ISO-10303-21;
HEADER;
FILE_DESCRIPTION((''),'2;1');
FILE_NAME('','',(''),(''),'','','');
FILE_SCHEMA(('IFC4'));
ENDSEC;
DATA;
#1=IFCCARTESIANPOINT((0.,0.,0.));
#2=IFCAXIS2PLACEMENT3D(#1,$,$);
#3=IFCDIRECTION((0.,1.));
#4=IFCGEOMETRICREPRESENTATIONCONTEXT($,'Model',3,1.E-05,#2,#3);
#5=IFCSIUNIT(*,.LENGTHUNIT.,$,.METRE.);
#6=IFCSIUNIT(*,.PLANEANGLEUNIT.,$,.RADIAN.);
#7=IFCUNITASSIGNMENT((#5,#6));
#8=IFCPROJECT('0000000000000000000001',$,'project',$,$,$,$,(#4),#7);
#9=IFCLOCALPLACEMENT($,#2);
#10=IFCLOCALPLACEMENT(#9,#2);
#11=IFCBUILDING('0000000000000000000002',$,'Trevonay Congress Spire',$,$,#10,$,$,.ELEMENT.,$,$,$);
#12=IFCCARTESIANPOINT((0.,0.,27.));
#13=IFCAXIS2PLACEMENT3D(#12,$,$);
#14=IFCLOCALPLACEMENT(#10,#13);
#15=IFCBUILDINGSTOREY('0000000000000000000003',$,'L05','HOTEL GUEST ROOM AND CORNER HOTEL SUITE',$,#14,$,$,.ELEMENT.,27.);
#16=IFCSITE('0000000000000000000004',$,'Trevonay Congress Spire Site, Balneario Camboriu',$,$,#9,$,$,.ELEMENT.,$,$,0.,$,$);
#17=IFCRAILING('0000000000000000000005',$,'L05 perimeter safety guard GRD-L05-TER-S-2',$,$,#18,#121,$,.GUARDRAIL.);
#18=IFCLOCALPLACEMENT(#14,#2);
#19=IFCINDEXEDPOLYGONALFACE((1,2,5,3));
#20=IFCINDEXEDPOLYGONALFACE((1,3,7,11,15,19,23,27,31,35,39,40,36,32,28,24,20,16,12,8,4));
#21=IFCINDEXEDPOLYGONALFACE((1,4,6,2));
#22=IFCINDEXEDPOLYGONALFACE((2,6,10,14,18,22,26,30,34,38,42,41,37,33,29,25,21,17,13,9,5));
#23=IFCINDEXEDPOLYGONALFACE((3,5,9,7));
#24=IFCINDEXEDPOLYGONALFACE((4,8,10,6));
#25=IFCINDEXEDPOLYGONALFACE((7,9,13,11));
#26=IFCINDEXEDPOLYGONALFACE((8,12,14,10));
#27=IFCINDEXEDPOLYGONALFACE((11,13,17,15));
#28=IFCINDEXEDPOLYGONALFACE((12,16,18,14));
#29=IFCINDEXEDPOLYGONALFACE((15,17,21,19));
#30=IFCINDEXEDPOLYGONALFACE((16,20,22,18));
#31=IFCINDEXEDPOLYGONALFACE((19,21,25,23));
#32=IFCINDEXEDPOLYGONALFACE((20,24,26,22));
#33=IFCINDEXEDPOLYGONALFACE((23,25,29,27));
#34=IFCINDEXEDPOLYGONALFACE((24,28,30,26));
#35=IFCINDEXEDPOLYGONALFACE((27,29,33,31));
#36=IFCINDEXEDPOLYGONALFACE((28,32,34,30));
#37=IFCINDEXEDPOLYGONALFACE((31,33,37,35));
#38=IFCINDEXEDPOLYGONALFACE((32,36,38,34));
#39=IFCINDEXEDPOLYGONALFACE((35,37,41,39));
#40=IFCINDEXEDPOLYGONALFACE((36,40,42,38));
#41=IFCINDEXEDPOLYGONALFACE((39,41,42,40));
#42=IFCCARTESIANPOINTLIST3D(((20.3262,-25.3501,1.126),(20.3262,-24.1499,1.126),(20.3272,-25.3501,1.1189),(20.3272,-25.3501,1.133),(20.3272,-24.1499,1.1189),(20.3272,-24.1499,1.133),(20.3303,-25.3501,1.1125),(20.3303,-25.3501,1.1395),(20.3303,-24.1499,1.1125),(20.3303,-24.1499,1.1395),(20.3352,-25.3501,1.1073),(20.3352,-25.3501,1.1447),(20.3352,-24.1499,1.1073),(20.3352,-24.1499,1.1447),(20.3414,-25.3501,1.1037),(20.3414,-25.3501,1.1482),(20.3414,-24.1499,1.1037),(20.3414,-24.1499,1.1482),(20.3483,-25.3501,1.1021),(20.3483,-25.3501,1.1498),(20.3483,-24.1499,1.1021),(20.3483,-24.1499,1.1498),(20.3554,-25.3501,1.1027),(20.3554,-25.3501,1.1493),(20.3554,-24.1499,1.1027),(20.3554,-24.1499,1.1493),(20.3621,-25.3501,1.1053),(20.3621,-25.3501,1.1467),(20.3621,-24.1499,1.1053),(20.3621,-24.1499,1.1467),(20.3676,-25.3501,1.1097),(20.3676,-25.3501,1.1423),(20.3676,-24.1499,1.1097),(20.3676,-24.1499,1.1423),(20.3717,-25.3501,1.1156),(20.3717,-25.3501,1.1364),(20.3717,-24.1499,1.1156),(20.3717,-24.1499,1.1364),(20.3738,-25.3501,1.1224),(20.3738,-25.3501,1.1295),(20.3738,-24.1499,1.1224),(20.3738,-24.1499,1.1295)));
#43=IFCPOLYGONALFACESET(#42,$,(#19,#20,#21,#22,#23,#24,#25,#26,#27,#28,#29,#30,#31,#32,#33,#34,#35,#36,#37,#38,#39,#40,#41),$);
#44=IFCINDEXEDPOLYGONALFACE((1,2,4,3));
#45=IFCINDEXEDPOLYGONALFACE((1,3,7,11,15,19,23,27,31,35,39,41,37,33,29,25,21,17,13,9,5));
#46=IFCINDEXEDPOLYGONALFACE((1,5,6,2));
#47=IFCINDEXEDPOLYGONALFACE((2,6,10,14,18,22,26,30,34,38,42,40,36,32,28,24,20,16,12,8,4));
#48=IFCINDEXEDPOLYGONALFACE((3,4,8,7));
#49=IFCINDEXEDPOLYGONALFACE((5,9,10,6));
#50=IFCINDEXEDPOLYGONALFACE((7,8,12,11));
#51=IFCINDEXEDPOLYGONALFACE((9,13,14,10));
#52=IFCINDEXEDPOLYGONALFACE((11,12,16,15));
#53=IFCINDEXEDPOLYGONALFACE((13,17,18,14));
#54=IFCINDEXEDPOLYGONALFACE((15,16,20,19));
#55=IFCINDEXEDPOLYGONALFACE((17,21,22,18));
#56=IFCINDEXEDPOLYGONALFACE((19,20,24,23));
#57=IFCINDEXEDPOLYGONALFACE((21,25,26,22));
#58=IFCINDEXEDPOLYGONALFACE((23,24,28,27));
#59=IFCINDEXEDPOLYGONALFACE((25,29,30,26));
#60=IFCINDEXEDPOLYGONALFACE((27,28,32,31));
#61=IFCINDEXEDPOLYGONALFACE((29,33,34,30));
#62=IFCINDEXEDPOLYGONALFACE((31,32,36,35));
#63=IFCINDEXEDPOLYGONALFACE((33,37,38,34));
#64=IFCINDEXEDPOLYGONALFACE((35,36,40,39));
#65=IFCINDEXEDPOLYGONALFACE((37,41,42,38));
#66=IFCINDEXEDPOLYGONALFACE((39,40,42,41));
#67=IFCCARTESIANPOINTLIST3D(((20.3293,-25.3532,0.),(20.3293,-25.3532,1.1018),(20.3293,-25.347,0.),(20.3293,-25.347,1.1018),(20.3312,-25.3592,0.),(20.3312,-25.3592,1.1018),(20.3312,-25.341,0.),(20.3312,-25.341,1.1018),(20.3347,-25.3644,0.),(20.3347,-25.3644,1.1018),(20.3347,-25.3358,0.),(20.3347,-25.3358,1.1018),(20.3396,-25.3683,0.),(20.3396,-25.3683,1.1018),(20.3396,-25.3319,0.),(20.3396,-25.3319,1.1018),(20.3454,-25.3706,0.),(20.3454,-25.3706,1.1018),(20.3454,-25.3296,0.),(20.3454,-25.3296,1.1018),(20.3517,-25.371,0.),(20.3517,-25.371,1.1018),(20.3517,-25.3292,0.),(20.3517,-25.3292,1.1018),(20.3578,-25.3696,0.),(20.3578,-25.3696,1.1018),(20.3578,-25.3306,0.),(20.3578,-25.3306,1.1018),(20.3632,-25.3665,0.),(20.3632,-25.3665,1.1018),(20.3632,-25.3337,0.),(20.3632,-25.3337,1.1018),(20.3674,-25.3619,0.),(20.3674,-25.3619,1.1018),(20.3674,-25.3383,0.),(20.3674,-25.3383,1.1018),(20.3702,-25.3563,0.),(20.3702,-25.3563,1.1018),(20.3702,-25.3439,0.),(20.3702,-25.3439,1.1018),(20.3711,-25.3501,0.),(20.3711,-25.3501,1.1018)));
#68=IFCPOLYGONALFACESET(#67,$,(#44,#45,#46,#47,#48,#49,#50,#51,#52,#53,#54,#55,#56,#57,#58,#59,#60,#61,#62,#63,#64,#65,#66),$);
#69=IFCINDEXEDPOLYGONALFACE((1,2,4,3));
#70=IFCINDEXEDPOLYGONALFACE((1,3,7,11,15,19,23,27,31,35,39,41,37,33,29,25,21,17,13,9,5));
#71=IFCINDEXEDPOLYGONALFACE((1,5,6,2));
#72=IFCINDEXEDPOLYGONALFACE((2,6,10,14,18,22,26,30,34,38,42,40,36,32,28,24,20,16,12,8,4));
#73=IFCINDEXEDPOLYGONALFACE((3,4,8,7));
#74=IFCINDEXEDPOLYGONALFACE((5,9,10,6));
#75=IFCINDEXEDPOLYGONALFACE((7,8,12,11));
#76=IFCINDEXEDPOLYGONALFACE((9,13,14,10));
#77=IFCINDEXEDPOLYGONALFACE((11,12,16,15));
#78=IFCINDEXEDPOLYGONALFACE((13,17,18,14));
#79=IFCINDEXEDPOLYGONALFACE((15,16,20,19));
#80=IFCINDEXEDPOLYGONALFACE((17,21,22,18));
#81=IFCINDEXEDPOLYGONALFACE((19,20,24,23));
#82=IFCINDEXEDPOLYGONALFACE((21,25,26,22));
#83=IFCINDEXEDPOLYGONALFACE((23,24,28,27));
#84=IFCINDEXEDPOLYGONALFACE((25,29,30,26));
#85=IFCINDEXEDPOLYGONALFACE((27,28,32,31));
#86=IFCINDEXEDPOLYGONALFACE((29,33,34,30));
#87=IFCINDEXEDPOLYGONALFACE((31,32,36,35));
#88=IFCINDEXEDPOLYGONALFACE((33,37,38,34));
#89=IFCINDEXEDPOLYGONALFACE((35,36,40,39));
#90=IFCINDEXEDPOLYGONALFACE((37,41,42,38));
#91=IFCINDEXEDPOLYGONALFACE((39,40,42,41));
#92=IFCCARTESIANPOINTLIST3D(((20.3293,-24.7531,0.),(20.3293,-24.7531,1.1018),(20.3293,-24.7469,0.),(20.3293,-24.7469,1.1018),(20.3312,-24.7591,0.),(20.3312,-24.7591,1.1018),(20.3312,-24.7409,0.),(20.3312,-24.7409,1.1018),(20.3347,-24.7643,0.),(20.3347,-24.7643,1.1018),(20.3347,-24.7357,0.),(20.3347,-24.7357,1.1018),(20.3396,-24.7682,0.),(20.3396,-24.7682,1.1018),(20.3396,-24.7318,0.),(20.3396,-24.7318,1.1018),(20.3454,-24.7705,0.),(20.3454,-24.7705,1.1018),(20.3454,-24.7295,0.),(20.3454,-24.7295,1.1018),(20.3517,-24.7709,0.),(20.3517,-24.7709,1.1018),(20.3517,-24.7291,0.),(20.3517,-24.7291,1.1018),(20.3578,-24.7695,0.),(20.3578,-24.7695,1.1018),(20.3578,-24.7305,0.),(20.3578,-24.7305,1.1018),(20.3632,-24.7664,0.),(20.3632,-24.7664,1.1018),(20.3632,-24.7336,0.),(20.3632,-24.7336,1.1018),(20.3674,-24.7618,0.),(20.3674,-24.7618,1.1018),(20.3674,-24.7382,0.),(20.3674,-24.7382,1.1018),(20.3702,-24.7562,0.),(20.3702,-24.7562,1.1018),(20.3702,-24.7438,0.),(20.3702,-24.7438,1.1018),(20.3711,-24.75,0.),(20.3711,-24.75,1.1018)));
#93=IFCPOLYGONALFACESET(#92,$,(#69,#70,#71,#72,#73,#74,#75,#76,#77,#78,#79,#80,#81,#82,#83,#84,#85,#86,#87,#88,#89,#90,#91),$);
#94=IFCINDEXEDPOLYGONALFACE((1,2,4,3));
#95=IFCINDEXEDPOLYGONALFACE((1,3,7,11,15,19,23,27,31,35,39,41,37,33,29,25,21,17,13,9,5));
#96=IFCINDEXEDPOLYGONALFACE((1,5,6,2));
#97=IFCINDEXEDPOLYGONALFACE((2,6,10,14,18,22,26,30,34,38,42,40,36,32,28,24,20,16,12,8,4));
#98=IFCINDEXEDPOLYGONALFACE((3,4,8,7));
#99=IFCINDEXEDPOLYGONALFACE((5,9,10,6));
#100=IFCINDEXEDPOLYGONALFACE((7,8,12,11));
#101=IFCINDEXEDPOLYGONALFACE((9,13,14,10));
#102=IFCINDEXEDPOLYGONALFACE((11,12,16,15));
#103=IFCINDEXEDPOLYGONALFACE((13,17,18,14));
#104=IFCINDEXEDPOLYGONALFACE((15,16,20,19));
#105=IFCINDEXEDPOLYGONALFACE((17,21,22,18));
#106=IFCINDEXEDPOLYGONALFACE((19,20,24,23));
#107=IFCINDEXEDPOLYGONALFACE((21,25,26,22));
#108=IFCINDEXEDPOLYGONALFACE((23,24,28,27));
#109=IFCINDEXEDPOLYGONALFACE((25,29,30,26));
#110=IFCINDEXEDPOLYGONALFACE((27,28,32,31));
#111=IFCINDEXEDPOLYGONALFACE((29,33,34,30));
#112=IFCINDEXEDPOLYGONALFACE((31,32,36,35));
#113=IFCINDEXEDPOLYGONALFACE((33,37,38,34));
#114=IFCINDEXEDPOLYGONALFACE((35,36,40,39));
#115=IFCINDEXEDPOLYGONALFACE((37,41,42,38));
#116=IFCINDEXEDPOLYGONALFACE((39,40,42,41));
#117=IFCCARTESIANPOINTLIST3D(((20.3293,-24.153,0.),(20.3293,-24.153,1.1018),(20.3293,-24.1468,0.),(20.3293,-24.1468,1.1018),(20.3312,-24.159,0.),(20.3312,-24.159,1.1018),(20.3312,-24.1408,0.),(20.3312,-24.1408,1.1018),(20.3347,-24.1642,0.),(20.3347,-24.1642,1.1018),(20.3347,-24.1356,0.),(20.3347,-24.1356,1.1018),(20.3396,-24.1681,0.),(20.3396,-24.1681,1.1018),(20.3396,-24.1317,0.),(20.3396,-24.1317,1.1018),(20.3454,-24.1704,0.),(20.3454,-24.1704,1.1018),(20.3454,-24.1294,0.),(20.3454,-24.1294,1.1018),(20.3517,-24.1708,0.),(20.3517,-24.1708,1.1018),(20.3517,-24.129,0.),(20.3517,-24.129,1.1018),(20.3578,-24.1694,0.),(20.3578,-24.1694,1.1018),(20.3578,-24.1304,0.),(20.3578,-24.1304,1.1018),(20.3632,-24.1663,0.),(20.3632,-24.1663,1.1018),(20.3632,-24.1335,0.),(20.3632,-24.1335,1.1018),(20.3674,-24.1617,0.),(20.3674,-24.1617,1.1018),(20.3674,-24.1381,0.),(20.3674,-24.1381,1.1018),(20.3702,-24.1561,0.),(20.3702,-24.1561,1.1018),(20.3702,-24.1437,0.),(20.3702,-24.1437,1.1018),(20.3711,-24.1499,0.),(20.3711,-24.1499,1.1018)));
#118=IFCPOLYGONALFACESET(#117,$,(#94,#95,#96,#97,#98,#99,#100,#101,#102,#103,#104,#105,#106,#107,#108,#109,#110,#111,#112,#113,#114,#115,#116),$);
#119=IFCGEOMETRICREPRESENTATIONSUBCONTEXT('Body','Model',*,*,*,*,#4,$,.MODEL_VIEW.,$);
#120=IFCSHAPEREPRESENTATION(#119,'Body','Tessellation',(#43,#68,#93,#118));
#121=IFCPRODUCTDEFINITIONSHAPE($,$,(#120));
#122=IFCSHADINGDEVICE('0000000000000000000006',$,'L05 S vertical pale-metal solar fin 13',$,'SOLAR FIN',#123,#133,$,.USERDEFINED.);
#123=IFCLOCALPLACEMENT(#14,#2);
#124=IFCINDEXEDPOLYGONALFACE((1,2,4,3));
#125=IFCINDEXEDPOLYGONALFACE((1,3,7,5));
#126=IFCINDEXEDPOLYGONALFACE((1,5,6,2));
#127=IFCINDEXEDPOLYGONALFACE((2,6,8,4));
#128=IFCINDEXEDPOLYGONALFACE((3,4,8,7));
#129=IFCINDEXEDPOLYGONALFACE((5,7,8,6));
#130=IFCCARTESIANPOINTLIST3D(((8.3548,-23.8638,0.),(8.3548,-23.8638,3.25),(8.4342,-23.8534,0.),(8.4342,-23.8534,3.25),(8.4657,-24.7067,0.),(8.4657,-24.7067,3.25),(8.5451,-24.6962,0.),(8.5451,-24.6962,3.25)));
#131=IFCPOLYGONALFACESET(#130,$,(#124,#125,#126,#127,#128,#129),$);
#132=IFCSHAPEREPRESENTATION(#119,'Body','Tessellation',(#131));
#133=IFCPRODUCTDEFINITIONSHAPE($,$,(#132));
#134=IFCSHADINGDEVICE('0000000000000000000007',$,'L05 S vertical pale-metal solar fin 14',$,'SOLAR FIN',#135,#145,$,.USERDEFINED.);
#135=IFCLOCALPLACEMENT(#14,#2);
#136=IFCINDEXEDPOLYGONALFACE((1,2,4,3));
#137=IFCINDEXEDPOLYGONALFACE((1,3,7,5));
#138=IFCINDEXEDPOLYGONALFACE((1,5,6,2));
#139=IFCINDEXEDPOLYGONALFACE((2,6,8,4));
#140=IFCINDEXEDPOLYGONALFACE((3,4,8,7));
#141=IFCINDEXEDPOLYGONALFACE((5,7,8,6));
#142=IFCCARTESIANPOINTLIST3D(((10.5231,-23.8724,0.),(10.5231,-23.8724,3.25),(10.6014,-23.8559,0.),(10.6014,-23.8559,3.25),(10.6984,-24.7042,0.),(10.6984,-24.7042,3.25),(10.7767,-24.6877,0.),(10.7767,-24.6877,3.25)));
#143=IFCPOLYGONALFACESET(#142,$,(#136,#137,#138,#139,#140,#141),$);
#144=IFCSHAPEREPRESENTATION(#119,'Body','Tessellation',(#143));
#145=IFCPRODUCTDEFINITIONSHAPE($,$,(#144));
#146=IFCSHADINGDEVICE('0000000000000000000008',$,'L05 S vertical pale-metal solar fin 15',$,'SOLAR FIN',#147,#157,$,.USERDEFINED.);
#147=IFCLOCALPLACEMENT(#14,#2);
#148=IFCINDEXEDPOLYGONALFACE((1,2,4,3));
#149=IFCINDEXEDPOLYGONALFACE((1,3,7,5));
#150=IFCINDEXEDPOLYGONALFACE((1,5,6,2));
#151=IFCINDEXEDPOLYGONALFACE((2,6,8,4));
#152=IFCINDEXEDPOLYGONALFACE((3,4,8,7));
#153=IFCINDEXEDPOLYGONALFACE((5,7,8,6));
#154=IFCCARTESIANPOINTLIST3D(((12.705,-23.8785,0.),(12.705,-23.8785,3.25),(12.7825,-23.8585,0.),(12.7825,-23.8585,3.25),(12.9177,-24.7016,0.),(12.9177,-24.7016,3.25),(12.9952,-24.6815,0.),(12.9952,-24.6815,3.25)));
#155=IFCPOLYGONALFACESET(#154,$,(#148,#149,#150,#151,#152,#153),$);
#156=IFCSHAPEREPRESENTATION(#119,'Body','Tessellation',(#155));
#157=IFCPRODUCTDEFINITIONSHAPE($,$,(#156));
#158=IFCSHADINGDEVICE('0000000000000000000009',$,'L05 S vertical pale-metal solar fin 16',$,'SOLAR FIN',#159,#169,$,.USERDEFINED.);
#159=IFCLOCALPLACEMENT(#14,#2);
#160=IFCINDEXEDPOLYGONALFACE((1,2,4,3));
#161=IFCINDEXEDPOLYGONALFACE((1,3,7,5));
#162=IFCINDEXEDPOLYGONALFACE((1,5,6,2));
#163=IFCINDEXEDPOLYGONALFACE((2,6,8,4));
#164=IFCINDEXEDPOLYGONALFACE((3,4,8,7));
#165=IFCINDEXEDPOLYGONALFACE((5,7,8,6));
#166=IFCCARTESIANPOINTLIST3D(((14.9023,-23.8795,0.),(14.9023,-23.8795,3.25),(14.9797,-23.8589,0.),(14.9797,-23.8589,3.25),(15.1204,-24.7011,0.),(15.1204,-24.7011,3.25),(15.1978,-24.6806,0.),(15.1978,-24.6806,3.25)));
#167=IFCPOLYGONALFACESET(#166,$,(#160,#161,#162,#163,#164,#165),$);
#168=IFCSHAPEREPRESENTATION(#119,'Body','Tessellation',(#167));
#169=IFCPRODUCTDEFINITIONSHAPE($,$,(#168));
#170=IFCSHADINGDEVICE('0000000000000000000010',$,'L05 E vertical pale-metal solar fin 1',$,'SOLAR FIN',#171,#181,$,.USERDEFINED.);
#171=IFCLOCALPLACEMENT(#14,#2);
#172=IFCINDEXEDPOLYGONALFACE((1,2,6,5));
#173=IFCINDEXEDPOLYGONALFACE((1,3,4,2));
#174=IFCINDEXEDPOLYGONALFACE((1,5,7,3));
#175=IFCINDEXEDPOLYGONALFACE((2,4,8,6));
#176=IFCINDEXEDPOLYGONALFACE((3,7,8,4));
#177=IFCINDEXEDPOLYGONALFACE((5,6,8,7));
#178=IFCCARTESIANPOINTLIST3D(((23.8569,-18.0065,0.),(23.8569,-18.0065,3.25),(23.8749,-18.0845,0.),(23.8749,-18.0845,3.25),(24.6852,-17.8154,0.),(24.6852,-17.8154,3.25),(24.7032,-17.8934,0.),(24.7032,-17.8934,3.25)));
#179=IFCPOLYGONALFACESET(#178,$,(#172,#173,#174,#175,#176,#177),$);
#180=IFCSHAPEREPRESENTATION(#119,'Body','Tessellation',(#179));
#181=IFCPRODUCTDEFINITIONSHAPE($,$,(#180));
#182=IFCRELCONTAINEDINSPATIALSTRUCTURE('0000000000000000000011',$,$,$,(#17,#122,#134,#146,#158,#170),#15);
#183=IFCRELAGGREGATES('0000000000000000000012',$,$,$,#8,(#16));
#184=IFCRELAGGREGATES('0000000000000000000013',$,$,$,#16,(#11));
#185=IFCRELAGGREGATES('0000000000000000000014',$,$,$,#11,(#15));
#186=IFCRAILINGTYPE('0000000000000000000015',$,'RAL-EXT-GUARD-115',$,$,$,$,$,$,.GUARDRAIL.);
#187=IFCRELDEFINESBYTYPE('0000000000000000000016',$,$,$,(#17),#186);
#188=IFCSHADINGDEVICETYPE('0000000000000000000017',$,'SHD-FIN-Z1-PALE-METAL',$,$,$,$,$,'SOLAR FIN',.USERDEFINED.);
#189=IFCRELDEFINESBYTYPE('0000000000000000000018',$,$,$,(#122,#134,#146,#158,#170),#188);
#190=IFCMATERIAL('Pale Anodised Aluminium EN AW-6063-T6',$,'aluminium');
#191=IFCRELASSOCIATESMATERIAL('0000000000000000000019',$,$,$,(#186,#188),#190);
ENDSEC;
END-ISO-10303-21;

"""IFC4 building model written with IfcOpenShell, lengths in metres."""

from ifc_helpers import new_model, si_unit, direction, frame, origin, origin_2d, place, context, subcontext, project, spatial, rectangle, circle, extrude, material, type_object, element, save


model = new_model("IFC4")

# Units and contexts
model_context = context("Model", 3, precision=1e-05, world=origin(), true_north=direction((0.0, 1.0)))
body_context = subcontext(model_context, "Body", "Model", "MODEL_VIEW")
ifc_project = project(units=[si_unit("LENGTHUNIT", "METRE"), si_unit("PLANEANGLEUNIT", "RADIAN")], contexts=[model_context])

# Site, building, storey
site_placement = place(None, origin())
site = spatial("IfcSite", under=ifc_project, at=site_placement, Name="Trevonay Congress Spire Site, Balneario Camboriu", CompositionType="ELEMENT", RefElevation=0.0)
building_placement = place(site_placement, origin())
building = spatial("IfcBuilding", under=site, at=building_placement, Name="Trevonay Congress Spire", CompositionType="ELEMENT")
storey_placement = place(building_placement, frame((0.0, 0.0, 27.0)))
storey = spatial("IfcBuildingStorey", under=building, at=storey_placement, Name="L05", Description="HOTEL GUEST ROOM AND CORNER HOTEL SUITE", CompositionType="ELEMENT", Elevation=27.0)

# Shared definitions
ifc_material_1 = material(Name="Pale Anodised Aluminium EN AW-6063-T6", Category="aluminium")

# Railing
railing_type = type_object("IfcRailingType", Name="RAL-EXT-GUARD-115", PredefinedType="GUARDRAIL", material=ifc_material_1)
railing_placement = place(storey_placement, frame((20.3501, -25.3501, 0.0)))
element("IfcRailing", 1, at=railing_placement, inside=storey, type_object=railing_type, Name="L05 perimeter safety guard GRD-L05-TER-S-2", PredefinedType="GUARDRAIL", context=body_context, shape_type="SweptSolid", body=[
    extrude(circle(Radius=0.0239, at=origin_2d()), frame((0.0, 0.0, 1.126), z_axis=(0.0, 1.0, 0.0), x_axis=(-1.0, 0.0, 0.0)), (0.0, 0.0, 1.0), 1.2002),
    extrude(circle(Radius=0.021, at=origin_2d()), origin(), (0.0, 0.0, 1.0), 1.1018),
    extrude(circle(Radius=0.021, at=origin_2d()), frame((0.0, 0.6001, 0.0)), (0.0, 0.0, 1.0), 1.1018),
    extrude(circle(Radius=0.021, at=origin_2d()), frame((0.0, 1.2002, 0.0)), (0.0, 0.0, 1.0), 1.1018),
])

# Shading devices
shading_device_type = type_object("IfcShadingDeviceType", Name="SHD-FIN-Z1-PALE-METAL", ElementType="SOLAR FIN", PredefinedType="USERDEFINED", material=ifc_material_1)
for number, where, z_axis, x_axis, name in (
    (2, (8.45, -24.28, 0.0), (0.0, 0.0, 1.0), (0.991445, 0.130526, 0.0), "L05 S vertical pale-metal solar fin 13"),
    (3, (10.6499, -24.28, 0.0), (0.0, 0.0, 1.0), (0.978509, 0.206204, 0.0), "L05 S vertical pale-metal solar fin 14"),
    (4, (12.8501, -24.28, 0.0), (0.0, 0.0, 1.0), (0.968191, 0.250211, 0.0), "L05 S vertical pale-metal solar fin 15"),
    (5, (15.05, -24.28, 0.0), (0.0, 0.0, 1.0), (0.966511, 0.256627, 0.0), "L05 S vertical pale-metal solar fin 16"),
    (6, (24.28, -17.95, 0.0), (0.0, 0.0, 1.0), (-0.224781, 0.974409, 0.0), "L05 E vertical pale-metal solar fin 1"),
):
    element("IfcShadingDevice", number, at=place(storey_placement, frame(where, z_axis=z_axis, x_axis=x_axis)), inside=storey, type_object=shading_device_type, Name=name, ObjectType="SOLAR FIN", PredefinedType="USERDEFINED", context=body_context, shape_type="SweptSolid", body=[
        extrude(rectangle(XDim=0.0801, YDim=0.8501, at=origin_2d()), origin(), (0.0, 0.0, 1.0), 3.25),
    ])

save(model, "model.ifc")
